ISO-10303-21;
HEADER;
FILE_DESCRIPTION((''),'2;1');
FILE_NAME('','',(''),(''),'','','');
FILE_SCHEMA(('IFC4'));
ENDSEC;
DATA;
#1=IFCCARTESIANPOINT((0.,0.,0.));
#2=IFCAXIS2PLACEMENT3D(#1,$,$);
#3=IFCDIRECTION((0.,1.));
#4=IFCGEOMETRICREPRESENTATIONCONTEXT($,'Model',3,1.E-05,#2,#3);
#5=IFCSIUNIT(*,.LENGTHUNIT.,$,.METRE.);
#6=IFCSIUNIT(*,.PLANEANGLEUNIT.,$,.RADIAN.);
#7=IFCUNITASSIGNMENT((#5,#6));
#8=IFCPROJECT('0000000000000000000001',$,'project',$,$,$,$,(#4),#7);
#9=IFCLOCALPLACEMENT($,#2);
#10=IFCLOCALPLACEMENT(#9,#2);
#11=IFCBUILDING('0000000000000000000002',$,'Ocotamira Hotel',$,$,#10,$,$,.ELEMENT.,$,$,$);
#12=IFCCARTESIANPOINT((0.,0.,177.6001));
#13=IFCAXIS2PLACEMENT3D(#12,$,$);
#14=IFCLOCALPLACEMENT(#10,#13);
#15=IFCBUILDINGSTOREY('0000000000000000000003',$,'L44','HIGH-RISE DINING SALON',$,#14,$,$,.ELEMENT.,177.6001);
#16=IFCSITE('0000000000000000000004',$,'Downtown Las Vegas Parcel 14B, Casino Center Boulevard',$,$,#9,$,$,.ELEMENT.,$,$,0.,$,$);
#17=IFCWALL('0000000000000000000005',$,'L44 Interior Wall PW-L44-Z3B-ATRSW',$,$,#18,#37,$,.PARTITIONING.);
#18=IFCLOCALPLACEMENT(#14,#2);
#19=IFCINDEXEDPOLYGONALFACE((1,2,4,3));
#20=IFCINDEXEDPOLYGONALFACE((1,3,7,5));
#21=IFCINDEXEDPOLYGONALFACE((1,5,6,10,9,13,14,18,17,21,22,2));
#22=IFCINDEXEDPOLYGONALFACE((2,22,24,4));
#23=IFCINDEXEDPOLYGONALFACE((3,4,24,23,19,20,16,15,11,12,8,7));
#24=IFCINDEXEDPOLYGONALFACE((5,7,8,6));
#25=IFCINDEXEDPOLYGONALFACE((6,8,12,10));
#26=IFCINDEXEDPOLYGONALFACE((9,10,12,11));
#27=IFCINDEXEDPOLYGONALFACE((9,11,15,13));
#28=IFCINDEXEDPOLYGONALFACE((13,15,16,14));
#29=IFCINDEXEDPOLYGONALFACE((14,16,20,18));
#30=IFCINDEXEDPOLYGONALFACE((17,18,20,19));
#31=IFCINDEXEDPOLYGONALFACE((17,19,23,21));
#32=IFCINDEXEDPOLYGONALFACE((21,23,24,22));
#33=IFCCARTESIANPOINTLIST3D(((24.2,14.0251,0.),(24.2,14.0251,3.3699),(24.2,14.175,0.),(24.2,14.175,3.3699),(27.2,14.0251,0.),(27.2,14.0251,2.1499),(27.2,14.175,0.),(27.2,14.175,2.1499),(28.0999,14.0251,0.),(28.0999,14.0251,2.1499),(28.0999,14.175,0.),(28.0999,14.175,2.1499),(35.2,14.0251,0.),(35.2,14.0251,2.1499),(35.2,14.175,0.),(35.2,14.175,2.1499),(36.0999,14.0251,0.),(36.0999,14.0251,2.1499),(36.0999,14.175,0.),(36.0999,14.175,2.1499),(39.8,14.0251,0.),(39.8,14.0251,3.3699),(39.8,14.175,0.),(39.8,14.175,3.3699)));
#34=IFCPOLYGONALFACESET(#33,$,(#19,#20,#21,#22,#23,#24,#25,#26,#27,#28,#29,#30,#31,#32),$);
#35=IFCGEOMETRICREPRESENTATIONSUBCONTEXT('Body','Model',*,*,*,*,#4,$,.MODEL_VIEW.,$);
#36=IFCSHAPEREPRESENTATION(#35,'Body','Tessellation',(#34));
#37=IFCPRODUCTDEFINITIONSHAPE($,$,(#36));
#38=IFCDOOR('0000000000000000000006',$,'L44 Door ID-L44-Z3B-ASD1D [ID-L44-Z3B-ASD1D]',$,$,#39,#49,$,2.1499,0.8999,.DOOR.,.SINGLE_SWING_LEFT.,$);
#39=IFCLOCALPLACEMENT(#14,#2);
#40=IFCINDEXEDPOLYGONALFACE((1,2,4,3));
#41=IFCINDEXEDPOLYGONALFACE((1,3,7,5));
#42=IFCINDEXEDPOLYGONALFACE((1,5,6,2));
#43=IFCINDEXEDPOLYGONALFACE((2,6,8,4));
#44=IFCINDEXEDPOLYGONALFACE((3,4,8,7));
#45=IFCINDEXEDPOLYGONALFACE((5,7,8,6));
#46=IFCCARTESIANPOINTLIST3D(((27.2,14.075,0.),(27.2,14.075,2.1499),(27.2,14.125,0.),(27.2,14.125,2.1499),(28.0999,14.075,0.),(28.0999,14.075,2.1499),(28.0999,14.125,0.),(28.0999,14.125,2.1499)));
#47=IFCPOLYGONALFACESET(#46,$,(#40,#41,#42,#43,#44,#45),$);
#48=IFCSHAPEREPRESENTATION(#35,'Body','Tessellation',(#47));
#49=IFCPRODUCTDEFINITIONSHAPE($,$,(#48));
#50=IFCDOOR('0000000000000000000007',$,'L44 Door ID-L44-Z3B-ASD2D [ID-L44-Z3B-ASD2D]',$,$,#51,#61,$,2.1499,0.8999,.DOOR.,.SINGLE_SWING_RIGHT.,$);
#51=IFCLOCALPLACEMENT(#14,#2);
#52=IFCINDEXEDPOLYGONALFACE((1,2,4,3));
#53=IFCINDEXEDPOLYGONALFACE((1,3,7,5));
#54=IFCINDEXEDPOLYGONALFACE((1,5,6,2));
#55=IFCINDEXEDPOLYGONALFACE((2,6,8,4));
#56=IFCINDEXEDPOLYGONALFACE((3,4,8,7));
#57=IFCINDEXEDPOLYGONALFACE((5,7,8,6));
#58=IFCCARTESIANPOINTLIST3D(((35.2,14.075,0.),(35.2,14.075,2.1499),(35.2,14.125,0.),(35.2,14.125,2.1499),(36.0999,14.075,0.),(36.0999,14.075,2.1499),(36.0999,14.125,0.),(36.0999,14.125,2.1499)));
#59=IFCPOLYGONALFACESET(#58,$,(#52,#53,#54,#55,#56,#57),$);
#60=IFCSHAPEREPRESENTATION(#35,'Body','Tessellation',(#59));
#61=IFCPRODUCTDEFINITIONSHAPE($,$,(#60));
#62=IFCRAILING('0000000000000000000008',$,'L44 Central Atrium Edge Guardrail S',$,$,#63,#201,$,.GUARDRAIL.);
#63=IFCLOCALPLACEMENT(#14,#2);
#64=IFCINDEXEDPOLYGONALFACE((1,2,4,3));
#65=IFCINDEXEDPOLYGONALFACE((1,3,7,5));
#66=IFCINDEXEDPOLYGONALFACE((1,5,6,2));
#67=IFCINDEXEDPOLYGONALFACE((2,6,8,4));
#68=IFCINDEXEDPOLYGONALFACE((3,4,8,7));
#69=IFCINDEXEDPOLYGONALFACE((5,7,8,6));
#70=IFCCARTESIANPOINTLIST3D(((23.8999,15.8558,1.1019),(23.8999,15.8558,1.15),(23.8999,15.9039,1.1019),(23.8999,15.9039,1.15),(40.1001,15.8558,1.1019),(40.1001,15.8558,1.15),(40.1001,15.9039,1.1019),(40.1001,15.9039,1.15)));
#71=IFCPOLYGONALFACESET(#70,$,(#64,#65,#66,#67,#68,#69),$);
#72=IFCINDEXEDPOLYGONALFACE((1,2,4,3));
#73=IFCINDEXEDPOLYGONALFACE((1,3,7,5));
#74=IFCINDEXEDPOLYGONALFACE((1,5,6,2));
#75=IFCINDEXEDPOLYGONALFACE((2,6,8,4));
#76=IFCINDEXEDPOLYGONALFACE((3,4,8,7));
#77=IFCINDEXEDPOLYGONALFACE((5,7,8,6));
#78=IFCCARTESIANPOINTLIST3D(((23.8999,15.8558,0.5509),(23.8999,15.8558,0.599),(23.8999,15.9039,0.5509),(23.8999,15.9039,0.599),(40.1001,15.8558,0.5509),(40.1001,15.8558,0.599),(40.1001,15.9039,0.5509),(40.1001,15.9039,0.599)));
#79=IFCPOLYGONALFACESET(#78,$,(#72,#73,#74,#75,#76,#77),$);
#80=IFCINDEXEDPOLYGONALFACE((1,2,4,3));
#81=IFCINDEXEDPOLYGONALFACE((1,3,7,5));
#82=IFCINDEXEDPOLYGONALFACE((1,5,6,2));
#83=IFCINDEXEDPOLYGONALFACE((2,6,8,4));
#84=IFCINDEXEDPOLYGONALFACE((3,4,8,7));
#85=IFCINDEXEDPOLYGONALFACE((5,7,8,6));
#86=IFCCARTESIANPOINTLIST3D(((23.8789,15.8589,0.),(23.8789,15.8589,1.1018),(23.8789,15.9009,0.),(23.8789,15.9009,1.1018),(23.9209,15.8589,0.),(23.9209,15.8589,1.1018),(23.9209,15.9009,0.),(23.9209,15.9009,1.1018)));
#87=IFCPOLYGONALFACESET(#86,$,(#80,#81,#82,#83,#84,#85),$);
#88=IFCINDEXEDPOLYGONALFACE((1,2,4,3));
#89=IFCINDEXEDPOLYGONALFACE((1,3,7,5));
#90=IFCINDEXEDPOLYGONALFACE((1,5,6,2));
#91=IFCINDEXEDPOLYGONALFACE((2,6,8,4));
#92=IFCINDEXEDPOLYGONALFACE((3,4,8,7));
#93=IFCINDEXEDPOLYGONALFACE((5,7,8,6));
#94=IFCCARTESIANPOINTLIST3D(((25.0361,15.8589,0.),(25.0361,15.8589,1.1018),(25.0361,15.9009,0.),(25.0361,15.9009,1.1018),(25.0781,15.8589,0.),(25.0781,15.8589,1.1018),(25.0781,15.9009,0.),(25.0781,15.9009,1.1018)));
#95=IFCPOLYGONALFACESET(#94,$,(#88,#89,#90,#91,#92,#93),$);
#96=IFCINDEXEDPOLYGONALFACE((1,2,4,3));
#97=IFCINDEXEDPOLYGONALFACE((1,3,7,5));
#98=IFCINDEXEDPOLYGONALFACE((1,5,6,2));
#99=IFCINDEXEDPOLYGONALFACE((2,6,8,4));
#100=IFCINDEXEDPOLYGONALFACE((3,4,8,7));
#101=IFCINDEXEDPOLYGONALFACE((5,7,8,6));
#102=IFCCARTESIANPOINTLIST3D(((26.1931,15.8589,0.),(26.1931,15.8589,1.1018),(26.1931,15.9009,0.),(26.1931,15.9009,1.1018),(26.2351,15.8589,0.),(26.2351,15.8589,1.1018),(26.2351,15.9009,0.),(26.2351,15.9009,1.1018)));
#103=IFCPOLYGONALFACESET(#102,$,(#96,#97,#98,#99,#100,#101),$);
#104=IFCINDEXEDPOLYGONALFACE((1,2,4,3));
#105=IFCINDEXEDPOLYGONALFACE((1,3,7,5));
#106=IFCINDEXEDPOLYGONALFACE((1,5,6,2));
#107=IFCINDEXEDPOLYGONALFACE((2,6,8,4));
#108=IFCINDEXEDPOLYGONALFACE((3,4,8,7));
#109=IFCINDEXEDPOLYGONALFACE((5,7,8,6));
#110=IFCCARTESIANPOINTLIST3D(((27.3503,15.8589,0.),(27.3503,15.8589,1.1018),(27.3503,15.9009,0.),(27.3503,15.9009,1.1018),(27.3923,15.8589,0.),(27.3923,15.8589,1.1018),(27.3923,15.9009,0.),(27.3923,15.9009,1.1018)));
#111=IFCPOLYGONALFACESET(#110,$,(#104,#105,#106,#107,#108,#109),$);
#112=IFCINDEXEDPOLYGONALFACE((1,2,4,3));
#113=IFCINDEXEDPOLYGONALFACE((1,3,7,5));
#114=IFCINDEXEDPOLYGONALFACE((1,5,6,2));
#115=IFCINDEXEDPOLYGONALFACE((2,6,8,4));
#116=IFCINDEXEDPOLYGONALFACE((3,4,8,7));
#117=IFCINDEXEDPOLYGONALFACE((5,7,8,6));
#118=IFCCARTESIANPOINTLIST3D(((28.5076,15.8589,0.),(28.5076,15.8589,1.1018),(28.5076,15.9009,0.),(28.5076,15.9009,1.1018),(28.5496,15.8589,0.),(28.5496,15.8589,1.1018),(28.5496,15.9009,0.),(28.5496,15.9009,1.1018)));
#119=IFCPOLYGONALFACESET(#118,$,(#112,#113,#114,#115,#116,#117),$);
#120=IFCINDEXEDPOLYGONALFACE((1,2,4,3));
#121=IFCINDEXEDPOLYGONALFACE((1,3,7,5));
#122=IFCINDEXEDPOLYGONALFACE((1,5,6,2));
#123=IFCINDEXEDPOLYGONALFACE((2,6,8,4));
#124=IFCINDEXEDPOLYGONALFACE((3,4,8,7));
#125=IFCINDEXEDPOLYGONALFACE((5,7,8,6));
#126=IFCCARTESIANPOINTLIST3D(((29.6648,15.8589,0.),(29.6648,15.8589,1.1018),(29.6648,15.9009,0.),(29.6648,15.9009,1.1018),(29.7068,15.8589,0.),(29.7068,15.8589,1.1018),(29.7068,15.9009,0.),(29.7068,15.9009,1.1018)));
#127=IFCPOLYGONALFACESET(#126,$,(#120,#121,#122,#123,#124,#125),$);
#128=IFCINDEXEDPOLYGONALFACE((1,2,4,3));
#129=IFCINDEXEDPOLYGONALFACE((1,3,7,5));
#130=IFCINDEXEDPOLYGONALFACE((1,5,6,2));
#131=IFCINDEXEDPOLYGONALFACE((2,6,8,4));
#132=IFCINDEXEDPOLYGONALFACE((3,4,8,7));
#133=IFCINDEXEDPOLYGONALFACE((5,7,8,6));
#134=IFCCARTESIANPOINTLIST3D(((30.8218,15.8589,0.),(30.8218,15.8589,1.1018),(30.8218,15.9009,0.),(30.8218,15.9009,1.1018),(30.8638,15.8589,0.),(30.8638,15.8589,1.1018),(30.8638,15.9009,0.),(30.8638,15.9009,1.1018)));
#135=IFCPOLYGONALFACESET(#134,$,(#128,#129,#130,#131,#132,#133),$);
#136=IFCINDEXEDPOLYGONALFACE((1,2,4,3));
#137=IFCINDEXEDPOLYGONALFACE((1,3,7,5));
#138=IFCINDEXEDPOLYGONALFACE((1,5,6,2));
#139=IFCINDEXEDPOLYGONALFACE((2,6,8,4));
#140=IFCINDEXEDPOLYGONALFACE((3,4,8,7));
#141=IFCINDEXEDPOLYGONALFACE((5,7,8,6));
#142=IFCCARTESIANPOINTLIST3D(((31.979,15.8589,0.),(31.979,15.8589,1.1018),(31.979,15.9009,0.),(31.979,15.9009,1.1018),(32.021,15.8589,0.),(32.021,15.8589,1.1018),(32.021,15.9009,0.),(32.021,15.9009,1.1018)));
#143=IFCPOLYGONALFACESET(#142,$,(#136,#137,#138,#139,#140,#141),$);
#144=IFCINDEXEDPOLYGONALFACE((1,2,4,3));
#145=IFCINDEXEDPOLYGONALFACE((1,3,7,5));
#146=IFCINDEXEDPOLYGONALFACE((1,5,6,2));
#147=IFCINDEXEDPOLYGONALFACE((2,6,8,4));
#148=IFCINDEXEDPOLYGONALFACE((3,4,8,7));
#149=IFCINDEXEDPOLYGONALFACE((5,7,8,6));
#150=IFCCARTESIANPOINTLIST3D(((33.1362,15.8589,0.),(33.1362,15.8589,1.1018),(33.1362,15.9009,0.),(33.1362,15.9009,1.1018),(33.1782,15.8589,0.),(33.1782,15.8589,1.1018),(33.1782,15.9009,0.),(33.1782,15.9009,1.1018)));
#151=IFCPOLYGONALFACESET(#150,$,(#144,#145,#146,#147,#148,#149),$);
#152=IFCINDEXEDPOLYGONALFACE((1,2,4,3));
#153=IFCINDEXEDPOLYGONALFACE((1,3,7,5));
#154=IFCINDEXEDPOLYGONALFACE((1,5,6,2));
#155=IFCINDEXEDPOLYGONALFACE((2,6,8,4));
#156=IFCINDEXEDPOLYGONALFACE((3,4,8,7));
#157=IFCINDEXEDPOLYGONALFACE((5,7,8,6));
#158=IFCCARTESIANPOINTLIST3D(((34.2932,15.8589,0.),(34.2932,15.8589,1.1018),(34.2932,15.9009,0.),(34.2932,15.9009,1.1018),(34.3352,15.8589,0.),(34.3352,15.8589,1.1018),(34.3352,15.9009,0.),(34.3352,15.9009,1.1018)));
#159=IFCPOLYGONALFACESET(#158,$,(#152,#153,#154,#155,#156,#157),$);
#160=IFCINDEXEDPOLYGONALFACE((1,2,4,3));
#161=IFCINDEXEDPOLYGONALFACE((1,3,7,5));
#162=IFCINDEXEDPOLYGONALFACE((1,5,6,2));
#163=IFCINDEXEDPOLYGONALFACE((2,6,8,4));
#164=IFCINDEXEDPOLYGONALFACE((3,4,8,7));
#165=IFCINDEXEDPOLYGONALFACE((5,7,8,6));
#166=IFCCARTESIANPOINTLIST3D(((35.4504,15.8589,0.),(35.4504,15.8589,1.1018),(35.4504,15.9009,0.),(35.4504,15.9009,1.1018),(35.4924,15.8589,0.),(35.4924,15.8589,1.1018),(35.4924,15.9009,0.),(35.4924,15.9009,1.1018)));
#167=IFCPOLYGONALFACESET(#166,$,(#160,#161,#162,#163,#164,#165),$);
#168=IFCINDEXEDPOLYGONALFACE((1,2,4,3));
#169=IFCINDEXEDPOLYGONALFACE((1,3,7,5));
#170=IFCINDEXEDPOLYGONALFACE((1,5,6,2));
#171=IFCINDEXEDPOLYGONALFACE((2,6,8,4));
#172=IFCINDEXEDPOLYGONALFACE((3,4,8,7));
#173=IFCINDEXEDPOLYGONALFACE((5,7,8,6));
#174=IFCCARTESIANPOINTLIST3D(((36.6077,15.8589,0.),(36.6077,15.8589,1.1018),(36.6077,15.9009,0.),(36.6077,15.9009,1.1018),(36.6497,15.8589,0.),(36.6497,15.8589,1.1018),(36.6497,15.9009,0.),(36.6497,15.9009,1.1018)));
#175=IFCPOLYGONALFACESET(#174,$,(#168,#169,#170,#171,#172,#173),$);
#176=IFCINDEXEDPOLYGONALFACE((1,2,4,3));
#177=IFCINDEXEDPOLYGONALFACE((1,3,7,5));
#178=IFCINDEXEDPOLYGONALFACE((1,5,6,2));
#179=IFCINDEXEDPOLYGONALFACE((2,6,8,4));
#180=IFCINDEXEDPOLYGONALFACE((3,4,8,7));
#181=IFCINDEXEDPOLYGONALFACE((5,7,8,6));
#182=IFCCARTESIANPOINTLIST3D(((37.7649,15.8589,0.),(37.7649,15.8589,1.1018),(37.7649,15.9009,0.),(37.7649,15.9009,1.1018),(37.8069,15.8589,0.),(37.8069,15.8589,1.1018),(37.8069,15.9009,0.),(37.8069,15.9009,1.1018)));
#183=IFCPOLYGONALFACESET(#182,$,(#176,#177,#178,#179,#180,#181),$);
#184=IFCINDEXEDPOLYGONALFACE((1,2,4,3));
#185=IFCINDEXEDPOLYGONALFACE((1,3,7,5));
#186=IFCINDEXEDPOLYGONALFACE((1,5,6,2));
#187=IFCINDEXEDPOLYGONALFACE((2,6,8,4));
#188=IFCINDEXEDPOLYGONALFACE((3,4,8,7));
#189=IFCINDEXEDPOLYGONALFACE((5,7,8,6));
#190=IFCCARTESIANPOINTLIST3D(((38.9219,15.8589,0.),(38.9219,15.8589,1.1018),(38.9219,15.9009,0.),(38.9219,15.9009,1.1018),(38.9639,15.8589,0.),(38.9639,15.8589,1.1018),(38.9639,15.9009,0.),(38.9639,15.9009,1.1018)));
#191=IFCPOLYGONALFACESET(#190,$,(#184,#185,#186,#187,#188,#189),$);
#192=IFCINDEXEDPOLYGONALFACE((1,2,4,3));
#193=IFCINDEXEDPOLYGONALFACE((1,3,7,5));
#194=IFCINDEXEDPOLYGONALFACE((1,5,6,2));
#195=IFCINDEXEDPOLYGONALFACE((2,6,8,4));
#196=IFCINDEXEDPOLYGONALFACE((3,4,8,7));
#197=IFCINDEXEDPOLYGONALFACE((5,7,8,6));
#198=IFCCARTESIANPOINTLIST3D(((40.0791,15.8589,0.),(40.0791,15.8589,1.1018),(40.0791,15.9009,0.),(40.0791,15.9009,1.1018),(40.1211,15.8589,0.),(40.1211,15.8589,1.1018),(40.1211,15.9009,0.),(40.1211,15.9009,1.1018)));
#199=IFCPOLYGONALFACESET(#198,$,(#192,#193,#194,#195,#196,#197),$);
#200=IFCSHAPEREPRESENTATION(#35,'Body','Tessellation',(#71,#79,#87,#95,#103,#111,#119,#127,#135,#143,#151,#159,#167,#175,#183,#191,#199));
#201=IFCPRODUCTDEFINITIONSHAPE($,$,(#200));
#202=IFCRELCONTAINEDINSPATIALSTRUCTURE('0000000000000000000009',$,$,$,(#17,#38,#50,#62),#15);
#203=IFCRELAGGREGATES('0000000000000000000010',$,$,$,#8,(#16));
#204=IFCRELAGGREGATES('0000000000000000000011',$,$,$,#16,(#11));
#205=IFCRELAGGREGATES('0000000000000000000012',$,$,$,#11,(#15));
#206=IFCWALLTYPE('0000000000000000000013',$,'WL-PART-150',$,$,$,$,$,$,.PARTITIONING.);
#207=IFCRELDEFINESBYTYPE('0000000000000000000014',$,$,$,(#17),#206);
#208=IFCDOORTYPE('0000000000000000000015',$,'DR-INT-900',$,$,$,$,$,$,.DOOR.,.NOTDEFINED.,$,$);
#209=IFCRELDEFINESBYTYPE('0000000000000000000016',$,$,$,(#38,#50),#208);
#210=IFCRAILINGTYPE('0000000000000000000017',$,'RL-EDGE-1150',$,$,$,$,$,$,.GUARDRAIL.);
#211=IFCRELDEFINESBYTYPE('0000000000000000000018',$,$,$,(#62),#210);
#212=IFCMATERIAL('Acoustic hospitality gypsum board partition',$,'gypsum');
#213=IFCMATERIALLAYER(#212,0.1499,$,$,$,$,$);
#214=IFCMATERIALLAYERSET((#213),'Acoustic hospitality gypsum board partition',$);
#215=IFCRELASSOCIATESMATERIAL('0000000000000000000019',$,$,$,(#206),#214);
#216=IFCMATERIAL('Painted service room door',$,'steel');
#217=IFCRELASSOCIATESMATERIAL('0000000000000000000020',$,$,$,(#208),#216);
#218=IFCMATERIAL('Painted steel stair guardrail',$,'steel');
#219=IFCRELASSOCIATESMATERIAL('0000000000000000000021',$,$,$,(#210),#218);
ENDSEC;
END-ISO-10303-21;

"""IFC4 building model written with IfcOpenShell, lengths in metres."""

from ifc_helpers import new_model, si_unit, direction, frame, frame_2d, origin, origin_2d, place, context, subcontext, project, spatial, rectangle, extrude, source, transform, mapped, material, layer, layer_set, type_object, element, fill, save


model = new_model("IFC4")

# Units and contexts
model_context = context("Model", 3, precision=1e-05, world=origin(), true_north=direction((0.0, 1.0)))
body_context = subcontext(model_context, "Body", "Model", "MODEL_VIEW")
ifc_project = project(units=[si_unit("LENGTHUNIT", "METRE"), si_unit("PLANEANGLEUNIT", "RADIAN")], contexts=[model_context])

# Site, building, storey
site_placement = place(None, origin())
site = spatial("IfcSite", under=ifc_project, at=site_placement, Name="Downtown Las Vegas Parcel 14B, Casino Center Boulevard", CompositionType="ELEMENT", RefElevation=0.0)
building_placement = place(site_placement, origin())
building = spatial("IfcBuilding", under=site, at=building_placement, Name="Ocotamira Hotel", CompositionType="ELEMENT")
storey_placement = place(building_placement, frame((0.0, 0.0, 177.6001)))
storey = spatial("IfcBuildingStorey", under=building, at=storey_placement, Name="L44", Description="HIGH-RISE DINING SALON", CompositionType="ELEMENT", Elevation=177.6001)

# Shared definitions
ifc_material_1 = material(Name="Acoustic hospitality gypsum board partition", Category="gypsum")

# Wall, openings, doors
ifc_layer_1 = layer(ifc_material_1, 0.1499)
ifc_layer_set_1 = layer_set([ifc_layer_1], Name="Acoustic hospitality gypsum board partition")
wall_type_1 = type_object("IfcWallType", Name="WL-PART-150", PredefinedType="PARTITIONING", material=ifc_layer_set_1)
wall_1_placement = place(storey_placement, frame((24.2, 14.1001, 0.0), z_axis=(0.0, 0.0, 1.0), x_axis=(1.0, 0.0, 0.0)))
wall_1 = element("IfcWall", 1, at=wall_1_placement, inside=storey, type_object=wall_type_1, Name="L44 Interior Wall PW-L44-Z3B-ATRSW", PredefinedType="PARTITIONING", context=body_context, shape_type="SweptSolid", body=[
    extrude(rectangle(XDim=15.6001, YDim=0.1499, at=frame_2d((7.8, 0.0))), origin(), (0.0, 0.0, 1.0), 3.3699),
])
opening_1_placement = place(wall_1_placement, frame((3.0, 0.0, 0.0)))
opening_1 = element("IfcOpeningElement", 2, at=opening_1_placement, cuts=wall_1, PredefinedType="OPENING", context=body_context, shape_type="SweptSolid", body=[
    extrude(rectangle(XDim=0.8999, YDim=2.1499, at=frame_2d((0.45, 1.075))), frame((0.0, 0.085, 0.0), z_axis=(0.0, -1.0, 0.0), x_axis=(1.0, 0.0, 0.0)), (0.0, 0.0, 1.0), 0.1699),
])
opening_2_placement = place(wall_1_placement, frame((11.0, 0.0, 0.0)))
opening_2 = element("IfcOpeningElement", 3, at=opening_2_placement, cuts=wall_1, PredefinedType="OPENING", context=body_context, shape_type="SweptSolid", body=[
    extrude(rectangle(XDim=0.8999, YDim=2.1499, at=frame_2d((0.45, 1.075))), frame((0.0, 0.085, 0.0), z_axis=(0.0, -1.0, 0.0), x_axis=(1.0, 0.0, 0.0)), (0.0, 0.0, 1.0), 0.1699),
])
ifc_material_2 = material(Name="Painted service room door", Category="steel")
door_type_1 = type_object("IfcDoorType", Name="DR-INT-900", OperationType="NOTDEFINED", PredefinedType="DOOR", material=ifc_material_2)
shared_shape_1 = source(origin(), body_context, "Body", "SweptSolid", [
    extrude(rectangle(XDim=0.8999, YDim=2.1499, at=frame_2d((0.45, 1.075))), frame((0.0, 0.0249, 0.0), z_axis=(0.0, -1.0, 0.0), x_axis=(1.0, 0.0, 0.0)), (0.0, 0.0, 1.0), 0.05),
])
door_1_placement = place(opening_1_placement, origin())
door_1 = element("IfcDoor", 4, at=door_1_placement, inside=storey, type_object=door_type_1, Name="L44 Door ID-L44-Z3B-ASD1D [ID-L44-Z3B-ASD1D]", OperationType="SINGLE_SWING_LEFT", OverallHeight=2.1499, OverallWidth=0.8999, PredefinedType="DOOR", context=body_context, shape_type="MappedRepresentation", body=[
    mapped(shared_shape_1, transform((0.0, 0.0, 0.0), scale=1.0)),
])
fill(opening_1, door_1)
door_2_placement = place(opening_2_placement, origin())
door_2 = element("IfcDoor", 5, at=door_2_placement, inside=storey, type_object=door_type_1, Name="L44 Door ID-L44-Z3B-ASD2D [ID-L44-Z3B-ASD2D]", OperationType="SINGLE_SWING_RIGHT", OverallHeight=2.1499, OverallWidth=0.8999, PredefinedType="DOOR", context=body_context, shape_type="MappedRepresentation", body=[
    mapped(shared_shape_1, transform((0.0, 0.0, 0.0), scale=1.0)),
])
fill(opening_2, door_2)

# Railing
ifc_material_3 = material(Name="Painted steel stair guardrail", Category="steel")
railing_type = type_object("IfcRailingType", Name="RL-EDGE-1150", PredefinedType="GUARDRAIL", material=ifc_material_3)
railing_1_placement = place(storey_placement, frame((23.8999, 15.8799, 0.0)))
element("IfcRailing", 6, at=railing_1_placement, inside=storey, type_object=railing_type, Name="L44 Central Atrium Edge Guardrail S", PredefinedType="GUARDRAIL", context=body_context, shape_type="SweptSolid", body=[
    extrude(rectangle(XDim=0.0481, YDim=0.0481, at=origin_2d()), frame((0.0, 0.0, 1.126), z_axis=(1.0, 0.0, 0.0), x_axis=(0.0, 1.0, 0.0)), (0.0, 0.0, 1.0), 16.2002),
    extrude(rectangle(XDim=0.0481, YDim=0.0481, at=origin_2d()), frame((0.0, 0.0, 0.575), z_axis=(1.0, 0.0, 0.0), x_axis=(0.0, 1.0, 0.0)), (0.0, 0.0, 1.0), 16.2002),
    extrude(rectangle(XDim=0.042, YDim=0.042, at=origin_2d()), origin(), (0.0, 0.0, 1.0), 1.1018),
    extrude(rectangle(XDim=0.042, YDim=0.042, at=origin_2d()), frame((1.1572, 0.0, 0.0)), (0.0, 0.0, 1.0), 1.1018),
    extrude(rectangle(XDim=0.042, YDim=0.042, at=origin_2d()), frame((2.3142, 0.0, 0.0)), (0.0, 0.0, 1.0), 1.1018),
    extrude(rectangle(XDim=0.042, YDim=0.042, at=origin_2d()), frame((3.4714, 0.0, 0.0)), (0.0, 0.0, 1.0), 1.1018),
    extrude(rectangle(XDim=0.042, YDim=0.042, at=origin_2d()), frame((4.6287, 0.0, 0.0)), (0.0, 0.0, 1.0), 1.1018),
    extrude(rectangle(XDim=0.042, YDim=0.042, at=origin_2d()), frame((5.7859, 0.0, 0.0)), (0.0, 0.0, 1.0), 1.1018),
    extrude(rectangle(XDim=0.042, YDim=0.042, at=origin_2d()), frame((6.9429, 0.0, 0.0)), (0.0, 0.0, 1.0), 1.1018),
    extrude(rectangle(XDim=0.042, YDim=0.042, at=origin_2d()), frame((8.1001, 0.0, 0.0)), (0.0, 0.0, 1.0), 1.1018),
    extrude(rectangle(XDim=0.042, YDim=0.042, at=origin_2d()), frame((9.2573, 0.0, 0.0)), (0.0, 0.0, 1.0), 1.1018),
    extrude(rectangle(XDim=0.042, YDim=0.042, at=origin_2d()), frame((10.4143, 0.0, 0.0)), (0.0, 0.0, 1.0), 1.1018),
    extrude(rectangle(XDim=0.042, YDim=0.042, at=origin_2d()), frame((11.5715, 0.0, 0.0)), (0.0, 0.0, 1.0), 1.1018),
    extrude(rectangle(XDim=0.042, YDim=0.042, at=origin_2d()), frame((12.7288, 0.0, 0.0)), (0.0, 0.0, 1.0), 1.1018),
    extrude(rectangle(XDim=0.042, YDim=0.042, at=origin_2d()), frame((13.886, 0.0, 0.0)), (0.0, 0.0, 1.0), 1.1018),
    extrude(rectangle(XDim=0.042, YDim=0.042, at=origin_2d()), frame((15.043, 0.0, 0.0)), (0.0, 0.0, 1.0), 1.1018),
    extrude(rectangle(XDim=0.042, YDim=0.042, at=origin_2d()), frame((16.2002, 0.0, 0.0)), (0.0, 0.0, 1.0), 1.1018),
])

save(model, "model.ifc")
